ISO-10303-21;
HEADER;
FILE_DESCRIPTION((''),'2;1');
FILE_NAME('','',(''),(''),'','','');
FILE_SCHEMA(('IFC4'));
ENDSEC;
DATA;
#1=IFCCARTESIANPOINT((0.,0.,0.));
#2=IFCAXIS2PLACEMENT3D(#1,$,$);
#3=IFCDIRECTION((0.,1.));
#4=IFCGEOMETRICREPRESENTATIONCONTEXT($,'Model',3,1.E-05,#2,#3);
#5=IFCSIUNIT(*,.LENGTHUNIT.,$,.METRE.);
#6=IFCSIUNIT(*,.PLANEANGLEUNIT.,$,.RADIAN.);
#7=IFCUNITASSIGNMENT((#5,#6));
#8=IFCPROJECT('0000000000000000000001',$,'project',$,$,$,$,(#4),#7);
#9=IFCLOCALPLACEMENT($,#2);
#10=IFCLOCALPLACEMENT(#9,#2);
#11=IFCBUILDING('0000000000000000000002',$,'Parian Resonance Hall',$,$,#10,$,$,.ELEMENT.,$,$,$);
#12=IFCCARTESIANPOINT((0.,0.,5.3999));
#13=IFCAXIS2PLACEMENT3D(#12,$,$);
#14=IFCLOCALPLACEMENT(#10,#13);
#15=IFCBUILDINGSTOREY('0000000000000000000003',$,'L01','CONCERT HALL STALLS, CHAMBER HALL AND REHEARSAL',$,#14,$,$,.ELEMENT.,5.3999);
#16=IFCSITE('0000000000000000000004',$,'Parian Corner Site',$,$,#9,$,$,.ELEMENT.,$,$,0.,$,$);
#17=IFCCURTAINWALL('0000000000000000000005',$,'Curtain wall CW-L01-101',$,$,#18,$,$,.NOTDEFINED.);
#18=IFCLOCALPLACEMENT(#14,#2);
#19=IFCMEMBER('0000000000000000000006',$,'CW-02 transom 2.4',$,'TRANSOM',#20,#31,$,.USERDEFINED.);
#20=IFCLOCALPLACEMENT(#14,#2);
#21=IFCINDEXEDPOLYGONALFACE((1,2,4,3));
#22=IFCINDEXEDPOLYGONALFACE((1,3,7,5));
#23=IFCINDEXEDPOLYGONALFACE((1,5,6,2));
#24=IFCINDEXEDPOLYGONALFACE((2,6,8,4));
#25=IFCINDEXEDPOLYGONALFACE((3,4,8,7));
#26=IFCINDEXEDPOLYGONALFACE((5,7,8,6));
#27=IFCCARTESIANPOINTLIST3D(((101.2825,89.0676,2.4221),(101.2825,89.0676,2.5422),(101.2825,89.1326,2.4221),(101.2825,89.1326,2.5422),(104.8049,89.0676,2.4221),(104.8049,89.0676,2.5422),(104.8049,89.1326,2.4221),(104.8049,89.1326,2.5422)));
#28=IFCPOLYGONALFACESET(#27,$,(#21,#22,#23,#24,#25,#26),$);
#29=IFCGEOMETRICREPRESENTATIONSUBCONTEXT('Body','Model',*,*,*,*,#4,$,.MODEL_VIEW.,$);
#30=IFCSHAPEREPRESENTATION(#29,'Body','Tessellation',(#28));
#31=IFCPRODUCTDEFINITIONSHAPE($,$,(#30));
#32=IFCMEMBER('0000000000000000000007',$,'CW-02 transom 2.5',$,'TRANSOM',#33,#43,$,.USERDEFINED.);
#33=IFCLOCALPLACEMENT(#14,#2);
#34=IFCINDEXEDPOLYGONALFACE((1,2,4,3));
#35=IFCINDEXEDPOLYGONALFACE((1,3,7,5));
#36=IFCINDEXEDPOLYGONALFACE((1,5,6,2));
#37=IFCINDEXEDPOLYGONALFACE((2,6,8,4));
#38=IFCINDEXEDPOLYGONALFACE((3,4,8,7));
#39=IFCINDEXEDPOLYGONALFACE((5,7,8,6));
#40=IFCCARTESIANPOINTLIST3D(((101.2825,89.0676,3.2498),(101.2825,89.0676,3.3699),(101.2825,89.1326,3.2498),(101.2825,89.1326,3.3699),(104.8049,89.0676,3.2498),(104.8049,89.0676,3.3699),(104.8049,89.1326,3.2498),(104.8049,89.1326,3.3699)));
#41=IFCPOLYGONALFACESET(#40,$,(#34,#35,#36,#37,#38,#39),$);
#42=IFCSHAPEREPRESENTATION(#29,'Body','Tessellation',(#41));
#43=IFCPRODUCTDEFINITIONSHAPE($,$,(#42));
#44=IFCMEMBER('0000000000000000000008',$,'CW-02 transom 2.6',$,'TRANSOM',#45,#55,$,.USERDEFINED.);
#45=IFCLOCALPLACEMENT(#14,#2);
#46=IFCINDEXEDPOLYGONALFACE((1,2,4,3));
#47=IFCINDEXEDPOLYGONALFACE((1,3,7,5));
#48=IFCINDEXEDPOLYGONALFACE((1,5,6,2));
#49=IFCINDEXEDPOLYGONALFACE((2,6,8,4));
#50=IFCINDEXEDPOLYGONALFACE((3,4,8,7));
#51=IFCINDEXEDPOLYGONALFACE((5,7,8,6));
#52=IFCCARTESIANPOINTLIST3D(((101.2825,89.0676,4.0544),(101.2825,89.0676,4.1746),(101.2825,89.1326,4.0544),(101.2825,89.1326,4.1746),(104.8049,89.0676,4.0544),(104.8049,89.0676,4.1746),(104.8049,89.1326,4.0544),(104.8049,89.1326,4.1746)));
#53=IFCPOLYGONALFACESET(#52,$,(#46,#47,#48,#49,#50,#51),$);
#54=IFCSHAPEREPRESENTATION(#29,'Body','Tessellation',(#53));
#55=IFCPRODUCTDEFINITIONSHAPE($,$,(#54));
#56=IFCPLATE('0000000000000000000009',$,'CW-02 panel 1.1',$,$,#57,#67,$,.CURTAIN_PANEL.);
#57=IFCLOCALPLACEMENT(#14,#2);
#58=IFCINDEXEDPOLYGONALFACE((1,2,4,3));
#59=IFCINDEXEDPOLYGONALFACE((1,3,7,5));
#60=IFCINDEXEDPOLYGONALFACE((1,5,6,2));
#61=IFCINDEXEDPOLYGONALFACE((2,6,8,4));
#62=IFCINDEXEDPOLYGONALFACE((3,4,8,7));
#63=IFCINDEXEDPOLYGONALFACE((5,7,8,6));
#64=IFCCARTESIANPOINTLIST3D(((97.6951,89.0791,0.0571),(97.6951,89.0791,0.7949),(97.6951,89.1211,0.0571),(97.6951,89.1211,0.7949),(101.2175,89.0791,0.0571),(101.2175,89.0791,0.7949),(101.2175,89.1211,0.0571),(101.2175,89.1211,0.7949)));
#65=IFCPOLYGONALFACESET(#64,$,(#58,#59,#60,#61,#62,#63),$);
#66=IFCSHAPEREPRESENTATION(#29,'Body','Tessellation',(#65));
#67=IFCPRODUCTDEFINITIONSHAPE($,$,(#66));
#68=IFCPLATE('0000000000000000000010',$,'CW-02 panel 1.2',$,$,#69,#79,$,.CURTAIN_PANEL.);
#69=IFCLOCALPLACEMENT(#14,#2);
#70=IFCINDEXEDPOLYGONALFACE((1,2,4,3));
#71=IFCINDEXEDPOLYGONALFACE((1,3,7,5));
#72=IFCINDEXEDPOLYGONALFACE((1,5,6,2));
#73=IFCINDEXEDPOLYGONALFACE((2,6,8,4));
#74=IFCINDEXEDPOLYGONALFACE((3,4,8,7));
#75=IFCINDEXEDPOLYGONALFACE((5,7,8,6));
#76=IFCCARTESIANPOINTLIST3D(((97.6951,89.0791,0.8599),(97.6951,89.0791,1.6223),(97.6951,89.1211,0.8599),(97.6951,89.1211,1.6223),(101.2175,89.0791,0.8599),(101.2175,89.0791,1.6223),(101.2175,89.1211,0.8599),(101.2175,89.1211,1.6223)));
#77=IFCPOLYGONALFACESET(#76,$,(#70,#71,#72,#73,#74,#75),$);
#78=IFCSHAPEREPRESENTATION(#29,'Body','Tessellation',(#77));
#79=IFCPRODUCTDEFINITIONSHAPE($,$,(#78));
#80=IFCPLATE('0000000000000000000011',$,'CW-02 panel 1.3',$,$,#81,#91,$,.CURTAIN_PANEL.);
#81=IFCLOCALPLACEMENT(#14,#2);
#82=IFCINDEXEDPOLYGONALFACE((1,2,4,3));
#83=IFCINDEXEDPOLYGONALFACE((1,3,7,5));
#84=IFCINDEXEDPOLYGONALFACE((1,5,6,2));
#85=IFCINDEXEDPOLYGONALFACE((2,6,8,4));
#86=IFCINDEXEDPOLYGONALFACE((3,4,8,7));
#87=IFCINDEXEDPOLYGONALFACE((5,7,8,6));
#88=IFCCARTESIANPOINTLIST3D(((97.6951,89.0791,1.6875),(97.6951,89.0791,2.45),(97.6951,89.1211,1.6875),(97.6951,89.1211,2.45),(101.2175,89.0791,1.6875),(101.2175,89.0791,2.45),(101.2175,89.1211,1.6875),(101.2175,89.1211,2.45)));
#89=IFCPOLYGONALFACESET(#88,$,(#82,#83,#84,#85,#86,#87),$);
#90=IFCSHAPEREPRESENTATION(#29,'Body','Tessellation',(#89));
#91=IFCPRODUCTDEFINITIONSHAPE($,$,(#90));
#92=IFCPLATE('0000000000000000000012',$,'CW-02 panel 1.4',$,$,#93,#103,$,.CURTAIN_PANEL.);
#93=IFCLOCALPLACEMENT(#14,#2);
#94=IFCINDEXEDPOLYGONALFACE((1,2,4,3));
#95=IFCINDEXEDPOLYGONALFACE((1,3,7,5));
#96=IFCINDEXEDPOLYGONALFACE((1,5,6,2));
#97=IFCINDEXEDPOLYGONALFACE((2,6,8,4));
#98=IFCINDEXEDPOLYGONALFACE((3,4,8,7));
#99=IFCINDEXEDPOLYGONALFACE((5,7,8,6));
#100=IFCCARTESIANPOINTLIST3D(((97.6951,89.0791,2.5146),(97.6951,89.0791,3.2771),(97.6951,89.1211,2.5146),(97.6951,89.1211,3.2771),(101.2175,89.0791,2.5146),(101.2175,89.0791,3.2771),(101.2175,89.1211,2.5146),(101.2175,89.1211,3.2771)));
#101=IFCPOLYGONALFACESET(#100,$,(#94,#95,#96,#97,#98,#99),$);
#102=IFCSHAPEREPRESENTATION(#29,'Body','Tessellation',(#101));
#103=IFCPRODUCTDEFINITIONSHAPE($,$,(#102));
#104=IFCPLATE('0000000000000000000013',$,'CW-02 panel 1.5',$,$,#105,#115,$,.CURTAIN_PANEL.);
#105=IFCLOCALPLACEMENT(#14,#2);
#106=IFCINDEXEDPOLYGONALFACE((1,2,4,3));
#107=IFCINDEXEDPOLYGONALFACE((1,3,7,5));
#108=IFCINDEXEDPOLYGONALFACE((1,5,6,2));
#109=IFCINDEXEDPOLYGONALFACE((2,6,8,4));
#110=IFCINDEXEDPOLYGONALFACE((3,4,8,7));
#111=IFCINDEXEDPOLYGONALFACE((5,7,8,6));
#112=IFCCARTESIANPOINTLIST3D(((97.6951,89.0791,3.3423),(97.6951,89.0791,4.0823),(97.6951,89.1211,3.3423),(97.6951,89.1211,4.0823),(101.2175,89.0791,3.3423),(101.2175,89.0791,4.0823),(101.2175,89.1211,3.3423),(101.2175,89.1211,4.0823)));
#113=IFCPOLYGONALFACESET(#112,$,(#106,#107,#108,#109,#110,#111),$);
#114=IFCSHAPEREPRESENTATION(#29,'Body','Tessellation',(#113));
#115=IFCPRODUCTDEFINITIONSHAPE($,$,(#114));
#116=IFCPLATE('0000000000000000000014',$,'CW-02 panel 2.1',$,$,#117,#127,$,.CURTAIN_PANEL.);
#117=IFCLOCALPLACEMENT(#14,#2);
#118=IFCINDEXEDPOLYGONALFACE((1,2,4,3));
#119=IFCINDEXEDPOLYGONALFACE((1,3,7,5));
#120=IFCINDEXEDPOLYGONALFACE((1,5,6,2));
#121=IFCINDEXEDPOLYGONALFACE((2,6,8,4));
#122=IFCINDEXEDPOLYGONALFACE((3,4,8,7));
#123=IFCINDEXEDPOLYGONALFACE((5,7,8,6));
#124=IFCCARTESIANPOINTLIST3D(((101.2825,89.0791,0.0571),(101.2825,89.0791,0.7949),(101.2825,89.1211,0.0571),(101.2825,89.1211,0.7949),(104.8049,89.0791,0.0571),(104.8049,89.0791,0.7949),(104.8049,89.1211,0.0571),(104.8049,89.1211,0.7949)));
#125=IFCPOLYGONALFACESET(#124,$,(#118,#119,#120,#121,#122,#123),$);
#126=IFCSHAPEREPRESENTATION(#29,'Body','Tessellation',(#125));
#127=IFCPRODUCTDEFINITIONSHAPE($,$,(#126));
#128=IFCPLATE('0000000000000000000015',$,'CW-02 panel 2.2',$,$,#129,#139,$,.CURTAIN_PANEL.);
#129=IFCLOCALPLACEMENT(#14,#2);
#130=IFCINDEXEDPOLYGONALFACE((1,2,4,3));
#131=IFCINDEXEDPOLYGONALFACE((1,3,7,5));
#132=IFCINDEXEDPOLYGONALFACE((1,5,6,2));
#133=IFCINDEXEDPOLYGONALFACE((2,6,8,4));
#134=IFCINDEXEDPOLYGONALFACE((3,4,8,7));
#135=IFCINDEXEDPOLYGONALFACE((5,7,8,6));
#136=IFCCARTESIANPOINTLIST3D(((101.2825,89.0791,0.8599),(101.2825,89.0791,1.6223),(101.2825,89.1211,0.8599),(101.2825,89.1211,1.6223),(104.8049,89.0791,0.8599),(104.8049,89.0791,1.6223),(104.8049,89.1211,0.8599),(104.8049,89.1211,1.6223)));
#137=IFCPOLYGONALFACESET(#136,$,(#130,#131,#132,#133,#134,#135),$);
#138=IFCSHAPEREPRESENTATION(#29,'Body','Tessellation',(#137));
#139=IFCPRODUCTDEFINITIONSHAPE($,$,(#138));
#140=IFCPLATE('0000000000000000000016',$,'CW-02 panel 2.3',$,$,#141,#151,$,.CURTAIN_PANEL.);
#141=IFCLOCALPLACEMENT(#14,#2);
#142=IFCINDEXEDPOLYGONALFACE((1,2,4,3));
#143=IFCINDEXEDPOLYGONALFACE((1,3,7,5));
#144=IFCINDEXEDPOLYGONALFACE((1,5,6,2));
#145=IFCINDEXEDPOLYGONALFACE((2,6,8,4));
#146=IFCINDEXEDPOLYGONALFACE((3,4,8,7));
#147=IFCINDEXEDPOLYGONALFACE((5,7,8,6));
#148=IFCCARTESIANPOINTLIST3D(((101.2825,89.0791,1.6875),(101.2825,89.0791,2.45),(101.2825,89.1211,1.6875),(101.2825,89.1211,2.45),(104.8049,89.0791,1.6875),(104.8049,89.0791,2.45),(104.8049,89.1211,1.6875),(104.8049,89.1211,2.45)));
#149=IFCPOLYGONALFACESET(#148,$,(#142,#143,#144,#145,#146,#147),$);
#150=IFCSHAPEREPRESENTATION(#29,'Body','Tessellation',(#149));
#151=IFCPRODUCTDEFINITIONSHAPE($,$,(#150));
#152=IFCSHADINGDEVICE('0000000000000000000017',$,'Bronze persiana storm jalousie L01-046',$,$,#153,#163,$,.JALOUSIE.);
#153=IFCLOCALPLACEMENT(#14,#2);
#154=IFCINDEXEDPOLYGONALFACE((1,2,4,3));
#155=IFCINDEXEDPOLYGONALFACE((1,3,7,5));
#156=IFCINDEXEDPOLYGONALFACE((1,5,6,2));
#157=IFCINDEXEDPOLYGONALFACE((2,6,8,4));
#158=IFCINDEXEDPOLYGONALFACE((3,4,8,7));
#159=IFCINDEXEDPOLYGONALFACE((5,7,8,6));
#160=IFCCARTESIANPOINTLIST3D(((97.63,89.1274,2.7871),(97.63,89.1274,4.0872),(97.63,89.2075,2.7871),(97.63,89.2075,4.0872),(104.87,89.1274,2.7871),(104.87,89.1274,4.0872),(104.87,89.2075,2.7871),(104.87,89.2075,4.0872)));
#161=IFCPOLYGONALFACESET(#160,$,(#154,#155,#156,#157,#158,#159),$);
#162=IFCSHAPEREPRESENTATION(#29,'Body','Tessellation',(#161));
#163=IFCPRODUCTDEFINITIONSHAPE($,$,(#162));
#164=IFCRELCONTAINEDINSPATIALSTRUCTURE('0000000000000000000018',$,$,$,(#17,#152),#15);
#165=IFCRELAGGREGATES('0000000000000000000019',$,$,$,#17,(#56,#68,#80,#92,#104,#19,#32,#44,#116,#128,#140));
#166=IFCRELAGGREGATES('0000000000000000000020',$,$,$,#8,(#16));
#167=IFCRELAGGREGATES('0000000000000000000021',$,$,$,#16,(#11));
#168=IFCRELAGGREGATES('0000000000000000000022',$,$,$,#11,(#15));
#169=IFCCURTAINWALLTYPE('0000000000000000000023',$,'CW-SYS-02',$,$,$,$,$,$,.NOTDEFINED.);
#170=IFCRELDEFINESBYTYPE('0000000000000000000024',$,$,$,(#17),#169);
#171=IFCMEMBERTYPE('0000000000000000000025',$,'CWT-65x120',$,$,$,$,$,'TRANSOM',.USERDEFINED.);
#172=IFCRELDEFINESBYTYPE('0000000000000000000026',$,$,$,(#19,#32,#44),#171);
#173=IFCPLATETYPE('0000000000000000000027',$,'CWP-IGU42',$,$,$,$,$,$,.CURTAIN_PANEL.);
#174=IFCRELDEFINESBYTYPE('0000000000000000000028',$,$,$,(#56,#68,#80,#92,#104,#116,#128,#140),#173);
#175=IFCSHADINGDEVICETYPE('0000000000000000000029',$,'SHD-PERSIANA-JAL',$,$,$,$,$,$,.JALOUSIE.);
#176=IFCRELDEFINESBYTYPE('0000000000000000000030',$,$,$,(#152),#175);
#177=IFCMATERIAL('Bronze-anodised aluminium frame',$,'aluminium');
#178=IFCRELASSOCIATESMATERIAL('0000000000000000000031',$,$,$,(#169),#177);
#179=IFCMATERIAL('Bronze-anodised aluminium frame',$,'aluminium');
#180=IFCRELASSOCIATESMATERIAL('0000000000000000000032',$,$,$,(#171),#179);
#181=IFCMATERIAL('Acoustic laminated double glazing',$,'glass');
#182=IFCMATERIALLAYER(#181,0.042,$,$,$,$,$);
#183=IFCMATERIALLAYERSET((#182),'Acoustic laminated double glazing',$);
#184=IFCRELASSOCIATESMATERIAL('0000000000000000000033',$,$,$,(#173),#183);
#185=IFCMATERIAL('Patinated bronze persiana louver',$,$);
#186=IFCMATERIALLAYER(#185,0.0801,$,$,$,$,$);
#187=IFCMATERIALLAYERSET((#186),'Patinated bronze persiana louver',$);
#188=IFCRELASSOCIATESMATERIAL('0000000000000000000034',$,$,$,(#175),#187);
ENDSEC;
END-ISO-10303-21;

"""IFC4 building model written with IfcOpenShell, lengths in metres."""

from ifc_helpers import new_model, si_unit, direction, frame, origin, origin_2d, place, context, subcontext, project, spatial, rectangle, extrude, material, layer, layer_set, material_profile, profile_set, type_object, element, aggregate, save


model = new_model("IFC4")

# Units and contexts
model_context = context("Model", 3, precision=1e-05, world=origin(), true_north=direction((0.0, 1.0)))
body_context = subcontext(model_context, "Body", "Model", "MODEL_VIEW")
ifc_project = project(units=[si_unit("LENGTHUNIT", "METRE"), si_unit("PLANEANGLEUNIT", "RADIAN")], contexts=[model_context])

# Site, building, storey
site_placement = place(None, origin())
site = spatial("IfcSite", under=ifc_project, at=site_placement, Name="Parian Corner Site", CompositionType="ELEMENT", RefElevation=0.0)
building_placement = place(site_placement, origin())
building = spatial("IfcBuilding", under=site, at=building_placement, Name="Parian Resonance Hall", CompositionType="ELEMENT")
storey_placement = place(building_placement, frame((0.0, 0.0, 5.3999)))
storey = spatial("IfcBuildingStorey", under=building, at=storey_placement, Name="L01", Description="CONCERT HALL STALLS, CHAMBER HALL AND REHEARSAL", CompositionType="ELEMENT", Elevation=5.3999)

# Curtain wall, members, plates
ifc_material_1 = material(Name="Bronze-anodised aluminium frame", Category="aluminium")
curtain_wall_type = type_object("IfcCurtainWallType", Name="CW-SYS-02", PredefinedType="NOTDEFINED", material=ifc_material_1)
curtain_wall_placement = place(storey_placement, origin())
curtain_wall = element("IfcCurtainWall", 1, at=curtain_wall_placement, inside=storey, type_object=curtain_wall_type, Name="Curtain wall CW-L01-101", PredefinedType="NOTDEFINED")
ifc_material_2 = material(Name="Bronze-anodised aluminium frame", Category="aluminium")
ifc_material_profile_1 = material_profile(ifc_material_2, rectangle(XDim=0.0649, YDim=0.1201, at=origin_2d()), Name="CWT-65x120")
ifc_profile_set_1 = profile_set([ifc_material_profile_1], Name="Bronze-anodised aluminium frame")
member_type_1 = type_object("IfcMemberType", Name="CWT-65x120", ElementType="TRANSOM", PredefinedType="USERDEFINED", material=ifc_profile_set_1)
member_1_placement = place(storey_placement, frame((101.2825, 89.1001, 2.4822), z_axis=(1.0, 0.0, 0.0), x_axis=(0.0, 1.0, 0.0)))
member_1 = element("IfcMember", 2, at=member_1_placement, type_object=member_type_1, Name="CW-02 transom 2.4", ObjectType="TRANSOM", PredefinedType="USERDEFINED", context=body_context, shape_type="SweptSolid", body=[
    extrude(rectangle(XDim=0.0649, YDim=0.1201, at=origin_2d()), origin(), (0.0, 0.0, 1.0), 3.5225),
])
member_2_placement = place(storey_placement, frame((101.2825, 89.1001, 3.3098), z_axis=(1.0, 0.0, 0.0), x_axis=(0.0, 1.0, 0.0)))
member_2 = element("IfcMember", 3, at=member_2_placement, type_object=member_type_1, Name="CW-02 transom 2.5", ObjectType="TRANSOM", PredefinedType="USERDEFINED", context=body_context, shape_type="SweptSolid", body=[
    extrude(rectangle(XDim=0.0649, YDim=0.1201, at=origin_2d()), origin(), (0.0, 0.0, 1.0), 3.5225),
])
member_3_placement = place(storey_placement, frame((101.2825, 89.1001, 4.1145), z_axis=(1.0, 0.0, 0.0), x_axis=(0.0, 1.0, 0.0)))
member_3 = element("IfcMember", 4, at=member_3_placement, type_object=member_type_1, Name="CW-02 transom 2.6", ObjectType="TRANSOM", PredefinedType="USERDEFINED", context=body_context, shape_type="SweptSolid", body=[
    extrude(rectangle(XDim=0.0649, YDim=0.1201, at=origin_2d()), origin(), (0.0, 0.0, 1.0), 3.5225),
])
ifc_material_3 = material(Name="Acoustic laminated double glazing", Category="glass")
ifc_layer_1 = layer(ifc_material_3, 0.042)
ifc_layer_set_1 = layer_set([ifc_layer_1], Name="Acoustic laminated double glazing")
plate_type = type_object("IfcPlateType", Name="CWP-IGU42", PredefinedType="CURTAIN_PANEL", material=ifc_layer_set_1)
plate_1_placement = place(storey_placement, frame((99.4563, 89.1001, 0.0571), z_axis=(0.0, 0.0, 1.0), x_axis=(1.0, 0.0, 0.0)))
plate_1 = element("IfcPlate", 5, at=plate_1_placement, type_object=plate_type, Name="CW-02 panel 1.1", PredefinedType="CURTAIN_PANEL", context=body_context, shape_type="SweptSolid", body=[
    extrude(rectangle(XDim=3.5225, YDim=0.042, at=origin_2d()), origin(), (0.0, 0.0, 1.0), 0.7378),
])
plate_2_placement = place(storey_placement, frame((99.4563, 89.1001, 0.8599), z_axis=(0.0, 0.0, 1.0), x_axis=(1.0, 0.0, 0.0)))
plate_2 = element("IfcPlate", 6, at=plate_2_placement, type_object=plate_type, Name="CW-02 panel 1.2", PredefinedType="CURTAIN_PANEL", context=body_context, shape_type="SweptSolid", body=[
    extrude(rectangle(XDim=3.5225, YDim=0.042, at=origin_2d()), origin(), (0.0, 0.0, 1.0), 0.7625),
])
plate_3_placement = place(storey_placement, frame((99.4563, 89.1001, 1.6875), z_axis=(0.0, 0.0, 1.0), x_axis=(1.0, 0.0, 0.0)))
plate_3 = element("IfcPlate", 7, at=plate_3_placement, type_object=plate_type, Name="CW-02 panel 1.3", PredefinedType="CURTAIN_PANEL", context=body_context, shape_type="SweptSolid", body=[
    extrude(rectangle(XDim=3.5225, YDim=0.042, at=origin_2d()), origin(), (0.0, 0.0, 1.0), 0.7625),
])
plate_4_placement = place(storey_placement, frame((99.4563, 89.1001, 2.5146), z_axis=(0.0, 0.0, 1.0), x_axis=(1.0, 0.0, 0.0)))
plate_4 = element("IfcPlate", 8, at=plate_4_placement, type_object=plate_type, Name="CW-02 panel 1.4", PredefinedType="CURTAIN_PANEL", context=body_context, shape_type="SweptSolid", body=[
    extrude(rectangle(XDim=3.5225, YDim=0.042, at=origin_2d()), origin(), (0.0, 0.0, 1.0), 0.7625),
])
plate_5_placement = place(storey_placement, frame((99.4563, 89.1001, 3.3423), z_axis=(0.0, 0.0, 1.0), x_axis=(1.0, 0.0, 0.0)))
plate_5 = element("IfcPlate", 9, at=plate_5_placement, type_object=plate_type, Name="CW-02 panel 1.5", PredefinedType="CURTAIN_PANEL", context=body_context, shape_type="SweptSolid", body=[
    extrude(rectangle(XDim=3.5225, YDim=0.042, at=origin_2d()), origin(), (0.0, 0.0, 1.0), 0.74),
])
plate_6_placement = place(storey_placement, frame((103.0437, 89.1001, 0.0571), z_axis=(0.0, 0.0, 1.0), x_axis=(1.0, 0.0, 0.0)))
plate_6 = element("IfcPlate", 10, at=plate_6_placement, type_object=plate_type, Name="CW-02 panel 2.1", PredefinedType="CURTAIN_PANEL", context=body_context, shape_type="SweptSolid", body=[
    extrude(rectangle(XDim=3.5225, YDim=0.042, at=origin_2d()), origin(), (0.0, 0.0, 1.0), 0.7378),
])
plate_7_placement = place(storey_placement, frame((103.0437, 89.1001, 0.8599), z_axis=(0.0, 0.0, 1.0), x_axis=(1.0, 0.0, 0.0)))
plate_7 = element("IfcPlate", 11, at=plate_7_placement, type_object=plate_type, Name="CW-02 panel 2.2", PredefinedType="CURTAIN_PANEL", context=body_context, shape_type="SweptSolid", body=[
    extrude(rectangle(XDim=3.5225, YDim=0.042, at=origin_2d()), origin(), (0.0, 0.0, 1.0), 0.7625),
])
plate_8_placement = place(storey_placement, frame((103.0437, 89.1001, 1.6875), z_axis=(0.0, 0.0, 1.0), x_axis=(1.0, 0.0, 0.0)))
plate_8 = element("IfcPlate", 12, at=plate_8_placement, type_object=plate_type, Name="CW-02 panel 2.3", PredefinedType="CURTAIN_PANEL", context=body_context, shape_type="SweptSolid", body=[
    extrude(rectangle(XDim=3.5225, YDim=0.042, at=origin_2d()), origin(), (0.0, 0.0, 1.0), 0.7625),
])
aggregate(curtain_wall, [plate_1, plate_2, plate_3, plate_4, plate_5, member_1, member_2, member_3, plate_6, plate_7, plate_8])

# Shading device
ifc_material_4 = material(Name="Patinated bronze persiana louver")
ifc_layer_2 = layer(ifc_material_4, 0.0801)
ifc_layer_set_2 = layer_set([ifc_layer_2], Name="Patinated bronze persiana louver")
shading_device_type = type_object("IfcShadingDeviceType", Name="SHD-PERSIANA-JAL", PredefinedType="JALOUSIE", material=ifc_layer_set_2)
shading_device_placement = place(storey_placement, frame((101.25, 89.1675, 2.7871), z_axis=(0.0, 0.0, 1.0), x_axis=(1.0, 0.0, 0.0)))
element("IfcShadingDevice", 13, at=shading_device_placement, inside=storey, type_object=shading_device_type, Name="Bronze persiana storm jalousie L01-046", PredefinedType="JALOUSIE", context=body_context, shape_type="SweptSolid", body=[
    extrude(rectangle(XDim=7.24, YDim=0.0801, at=origin_2d()), origin(), (0.0, 0.0, 1.0), 1.3),
])

save(model, "model.ifc")
